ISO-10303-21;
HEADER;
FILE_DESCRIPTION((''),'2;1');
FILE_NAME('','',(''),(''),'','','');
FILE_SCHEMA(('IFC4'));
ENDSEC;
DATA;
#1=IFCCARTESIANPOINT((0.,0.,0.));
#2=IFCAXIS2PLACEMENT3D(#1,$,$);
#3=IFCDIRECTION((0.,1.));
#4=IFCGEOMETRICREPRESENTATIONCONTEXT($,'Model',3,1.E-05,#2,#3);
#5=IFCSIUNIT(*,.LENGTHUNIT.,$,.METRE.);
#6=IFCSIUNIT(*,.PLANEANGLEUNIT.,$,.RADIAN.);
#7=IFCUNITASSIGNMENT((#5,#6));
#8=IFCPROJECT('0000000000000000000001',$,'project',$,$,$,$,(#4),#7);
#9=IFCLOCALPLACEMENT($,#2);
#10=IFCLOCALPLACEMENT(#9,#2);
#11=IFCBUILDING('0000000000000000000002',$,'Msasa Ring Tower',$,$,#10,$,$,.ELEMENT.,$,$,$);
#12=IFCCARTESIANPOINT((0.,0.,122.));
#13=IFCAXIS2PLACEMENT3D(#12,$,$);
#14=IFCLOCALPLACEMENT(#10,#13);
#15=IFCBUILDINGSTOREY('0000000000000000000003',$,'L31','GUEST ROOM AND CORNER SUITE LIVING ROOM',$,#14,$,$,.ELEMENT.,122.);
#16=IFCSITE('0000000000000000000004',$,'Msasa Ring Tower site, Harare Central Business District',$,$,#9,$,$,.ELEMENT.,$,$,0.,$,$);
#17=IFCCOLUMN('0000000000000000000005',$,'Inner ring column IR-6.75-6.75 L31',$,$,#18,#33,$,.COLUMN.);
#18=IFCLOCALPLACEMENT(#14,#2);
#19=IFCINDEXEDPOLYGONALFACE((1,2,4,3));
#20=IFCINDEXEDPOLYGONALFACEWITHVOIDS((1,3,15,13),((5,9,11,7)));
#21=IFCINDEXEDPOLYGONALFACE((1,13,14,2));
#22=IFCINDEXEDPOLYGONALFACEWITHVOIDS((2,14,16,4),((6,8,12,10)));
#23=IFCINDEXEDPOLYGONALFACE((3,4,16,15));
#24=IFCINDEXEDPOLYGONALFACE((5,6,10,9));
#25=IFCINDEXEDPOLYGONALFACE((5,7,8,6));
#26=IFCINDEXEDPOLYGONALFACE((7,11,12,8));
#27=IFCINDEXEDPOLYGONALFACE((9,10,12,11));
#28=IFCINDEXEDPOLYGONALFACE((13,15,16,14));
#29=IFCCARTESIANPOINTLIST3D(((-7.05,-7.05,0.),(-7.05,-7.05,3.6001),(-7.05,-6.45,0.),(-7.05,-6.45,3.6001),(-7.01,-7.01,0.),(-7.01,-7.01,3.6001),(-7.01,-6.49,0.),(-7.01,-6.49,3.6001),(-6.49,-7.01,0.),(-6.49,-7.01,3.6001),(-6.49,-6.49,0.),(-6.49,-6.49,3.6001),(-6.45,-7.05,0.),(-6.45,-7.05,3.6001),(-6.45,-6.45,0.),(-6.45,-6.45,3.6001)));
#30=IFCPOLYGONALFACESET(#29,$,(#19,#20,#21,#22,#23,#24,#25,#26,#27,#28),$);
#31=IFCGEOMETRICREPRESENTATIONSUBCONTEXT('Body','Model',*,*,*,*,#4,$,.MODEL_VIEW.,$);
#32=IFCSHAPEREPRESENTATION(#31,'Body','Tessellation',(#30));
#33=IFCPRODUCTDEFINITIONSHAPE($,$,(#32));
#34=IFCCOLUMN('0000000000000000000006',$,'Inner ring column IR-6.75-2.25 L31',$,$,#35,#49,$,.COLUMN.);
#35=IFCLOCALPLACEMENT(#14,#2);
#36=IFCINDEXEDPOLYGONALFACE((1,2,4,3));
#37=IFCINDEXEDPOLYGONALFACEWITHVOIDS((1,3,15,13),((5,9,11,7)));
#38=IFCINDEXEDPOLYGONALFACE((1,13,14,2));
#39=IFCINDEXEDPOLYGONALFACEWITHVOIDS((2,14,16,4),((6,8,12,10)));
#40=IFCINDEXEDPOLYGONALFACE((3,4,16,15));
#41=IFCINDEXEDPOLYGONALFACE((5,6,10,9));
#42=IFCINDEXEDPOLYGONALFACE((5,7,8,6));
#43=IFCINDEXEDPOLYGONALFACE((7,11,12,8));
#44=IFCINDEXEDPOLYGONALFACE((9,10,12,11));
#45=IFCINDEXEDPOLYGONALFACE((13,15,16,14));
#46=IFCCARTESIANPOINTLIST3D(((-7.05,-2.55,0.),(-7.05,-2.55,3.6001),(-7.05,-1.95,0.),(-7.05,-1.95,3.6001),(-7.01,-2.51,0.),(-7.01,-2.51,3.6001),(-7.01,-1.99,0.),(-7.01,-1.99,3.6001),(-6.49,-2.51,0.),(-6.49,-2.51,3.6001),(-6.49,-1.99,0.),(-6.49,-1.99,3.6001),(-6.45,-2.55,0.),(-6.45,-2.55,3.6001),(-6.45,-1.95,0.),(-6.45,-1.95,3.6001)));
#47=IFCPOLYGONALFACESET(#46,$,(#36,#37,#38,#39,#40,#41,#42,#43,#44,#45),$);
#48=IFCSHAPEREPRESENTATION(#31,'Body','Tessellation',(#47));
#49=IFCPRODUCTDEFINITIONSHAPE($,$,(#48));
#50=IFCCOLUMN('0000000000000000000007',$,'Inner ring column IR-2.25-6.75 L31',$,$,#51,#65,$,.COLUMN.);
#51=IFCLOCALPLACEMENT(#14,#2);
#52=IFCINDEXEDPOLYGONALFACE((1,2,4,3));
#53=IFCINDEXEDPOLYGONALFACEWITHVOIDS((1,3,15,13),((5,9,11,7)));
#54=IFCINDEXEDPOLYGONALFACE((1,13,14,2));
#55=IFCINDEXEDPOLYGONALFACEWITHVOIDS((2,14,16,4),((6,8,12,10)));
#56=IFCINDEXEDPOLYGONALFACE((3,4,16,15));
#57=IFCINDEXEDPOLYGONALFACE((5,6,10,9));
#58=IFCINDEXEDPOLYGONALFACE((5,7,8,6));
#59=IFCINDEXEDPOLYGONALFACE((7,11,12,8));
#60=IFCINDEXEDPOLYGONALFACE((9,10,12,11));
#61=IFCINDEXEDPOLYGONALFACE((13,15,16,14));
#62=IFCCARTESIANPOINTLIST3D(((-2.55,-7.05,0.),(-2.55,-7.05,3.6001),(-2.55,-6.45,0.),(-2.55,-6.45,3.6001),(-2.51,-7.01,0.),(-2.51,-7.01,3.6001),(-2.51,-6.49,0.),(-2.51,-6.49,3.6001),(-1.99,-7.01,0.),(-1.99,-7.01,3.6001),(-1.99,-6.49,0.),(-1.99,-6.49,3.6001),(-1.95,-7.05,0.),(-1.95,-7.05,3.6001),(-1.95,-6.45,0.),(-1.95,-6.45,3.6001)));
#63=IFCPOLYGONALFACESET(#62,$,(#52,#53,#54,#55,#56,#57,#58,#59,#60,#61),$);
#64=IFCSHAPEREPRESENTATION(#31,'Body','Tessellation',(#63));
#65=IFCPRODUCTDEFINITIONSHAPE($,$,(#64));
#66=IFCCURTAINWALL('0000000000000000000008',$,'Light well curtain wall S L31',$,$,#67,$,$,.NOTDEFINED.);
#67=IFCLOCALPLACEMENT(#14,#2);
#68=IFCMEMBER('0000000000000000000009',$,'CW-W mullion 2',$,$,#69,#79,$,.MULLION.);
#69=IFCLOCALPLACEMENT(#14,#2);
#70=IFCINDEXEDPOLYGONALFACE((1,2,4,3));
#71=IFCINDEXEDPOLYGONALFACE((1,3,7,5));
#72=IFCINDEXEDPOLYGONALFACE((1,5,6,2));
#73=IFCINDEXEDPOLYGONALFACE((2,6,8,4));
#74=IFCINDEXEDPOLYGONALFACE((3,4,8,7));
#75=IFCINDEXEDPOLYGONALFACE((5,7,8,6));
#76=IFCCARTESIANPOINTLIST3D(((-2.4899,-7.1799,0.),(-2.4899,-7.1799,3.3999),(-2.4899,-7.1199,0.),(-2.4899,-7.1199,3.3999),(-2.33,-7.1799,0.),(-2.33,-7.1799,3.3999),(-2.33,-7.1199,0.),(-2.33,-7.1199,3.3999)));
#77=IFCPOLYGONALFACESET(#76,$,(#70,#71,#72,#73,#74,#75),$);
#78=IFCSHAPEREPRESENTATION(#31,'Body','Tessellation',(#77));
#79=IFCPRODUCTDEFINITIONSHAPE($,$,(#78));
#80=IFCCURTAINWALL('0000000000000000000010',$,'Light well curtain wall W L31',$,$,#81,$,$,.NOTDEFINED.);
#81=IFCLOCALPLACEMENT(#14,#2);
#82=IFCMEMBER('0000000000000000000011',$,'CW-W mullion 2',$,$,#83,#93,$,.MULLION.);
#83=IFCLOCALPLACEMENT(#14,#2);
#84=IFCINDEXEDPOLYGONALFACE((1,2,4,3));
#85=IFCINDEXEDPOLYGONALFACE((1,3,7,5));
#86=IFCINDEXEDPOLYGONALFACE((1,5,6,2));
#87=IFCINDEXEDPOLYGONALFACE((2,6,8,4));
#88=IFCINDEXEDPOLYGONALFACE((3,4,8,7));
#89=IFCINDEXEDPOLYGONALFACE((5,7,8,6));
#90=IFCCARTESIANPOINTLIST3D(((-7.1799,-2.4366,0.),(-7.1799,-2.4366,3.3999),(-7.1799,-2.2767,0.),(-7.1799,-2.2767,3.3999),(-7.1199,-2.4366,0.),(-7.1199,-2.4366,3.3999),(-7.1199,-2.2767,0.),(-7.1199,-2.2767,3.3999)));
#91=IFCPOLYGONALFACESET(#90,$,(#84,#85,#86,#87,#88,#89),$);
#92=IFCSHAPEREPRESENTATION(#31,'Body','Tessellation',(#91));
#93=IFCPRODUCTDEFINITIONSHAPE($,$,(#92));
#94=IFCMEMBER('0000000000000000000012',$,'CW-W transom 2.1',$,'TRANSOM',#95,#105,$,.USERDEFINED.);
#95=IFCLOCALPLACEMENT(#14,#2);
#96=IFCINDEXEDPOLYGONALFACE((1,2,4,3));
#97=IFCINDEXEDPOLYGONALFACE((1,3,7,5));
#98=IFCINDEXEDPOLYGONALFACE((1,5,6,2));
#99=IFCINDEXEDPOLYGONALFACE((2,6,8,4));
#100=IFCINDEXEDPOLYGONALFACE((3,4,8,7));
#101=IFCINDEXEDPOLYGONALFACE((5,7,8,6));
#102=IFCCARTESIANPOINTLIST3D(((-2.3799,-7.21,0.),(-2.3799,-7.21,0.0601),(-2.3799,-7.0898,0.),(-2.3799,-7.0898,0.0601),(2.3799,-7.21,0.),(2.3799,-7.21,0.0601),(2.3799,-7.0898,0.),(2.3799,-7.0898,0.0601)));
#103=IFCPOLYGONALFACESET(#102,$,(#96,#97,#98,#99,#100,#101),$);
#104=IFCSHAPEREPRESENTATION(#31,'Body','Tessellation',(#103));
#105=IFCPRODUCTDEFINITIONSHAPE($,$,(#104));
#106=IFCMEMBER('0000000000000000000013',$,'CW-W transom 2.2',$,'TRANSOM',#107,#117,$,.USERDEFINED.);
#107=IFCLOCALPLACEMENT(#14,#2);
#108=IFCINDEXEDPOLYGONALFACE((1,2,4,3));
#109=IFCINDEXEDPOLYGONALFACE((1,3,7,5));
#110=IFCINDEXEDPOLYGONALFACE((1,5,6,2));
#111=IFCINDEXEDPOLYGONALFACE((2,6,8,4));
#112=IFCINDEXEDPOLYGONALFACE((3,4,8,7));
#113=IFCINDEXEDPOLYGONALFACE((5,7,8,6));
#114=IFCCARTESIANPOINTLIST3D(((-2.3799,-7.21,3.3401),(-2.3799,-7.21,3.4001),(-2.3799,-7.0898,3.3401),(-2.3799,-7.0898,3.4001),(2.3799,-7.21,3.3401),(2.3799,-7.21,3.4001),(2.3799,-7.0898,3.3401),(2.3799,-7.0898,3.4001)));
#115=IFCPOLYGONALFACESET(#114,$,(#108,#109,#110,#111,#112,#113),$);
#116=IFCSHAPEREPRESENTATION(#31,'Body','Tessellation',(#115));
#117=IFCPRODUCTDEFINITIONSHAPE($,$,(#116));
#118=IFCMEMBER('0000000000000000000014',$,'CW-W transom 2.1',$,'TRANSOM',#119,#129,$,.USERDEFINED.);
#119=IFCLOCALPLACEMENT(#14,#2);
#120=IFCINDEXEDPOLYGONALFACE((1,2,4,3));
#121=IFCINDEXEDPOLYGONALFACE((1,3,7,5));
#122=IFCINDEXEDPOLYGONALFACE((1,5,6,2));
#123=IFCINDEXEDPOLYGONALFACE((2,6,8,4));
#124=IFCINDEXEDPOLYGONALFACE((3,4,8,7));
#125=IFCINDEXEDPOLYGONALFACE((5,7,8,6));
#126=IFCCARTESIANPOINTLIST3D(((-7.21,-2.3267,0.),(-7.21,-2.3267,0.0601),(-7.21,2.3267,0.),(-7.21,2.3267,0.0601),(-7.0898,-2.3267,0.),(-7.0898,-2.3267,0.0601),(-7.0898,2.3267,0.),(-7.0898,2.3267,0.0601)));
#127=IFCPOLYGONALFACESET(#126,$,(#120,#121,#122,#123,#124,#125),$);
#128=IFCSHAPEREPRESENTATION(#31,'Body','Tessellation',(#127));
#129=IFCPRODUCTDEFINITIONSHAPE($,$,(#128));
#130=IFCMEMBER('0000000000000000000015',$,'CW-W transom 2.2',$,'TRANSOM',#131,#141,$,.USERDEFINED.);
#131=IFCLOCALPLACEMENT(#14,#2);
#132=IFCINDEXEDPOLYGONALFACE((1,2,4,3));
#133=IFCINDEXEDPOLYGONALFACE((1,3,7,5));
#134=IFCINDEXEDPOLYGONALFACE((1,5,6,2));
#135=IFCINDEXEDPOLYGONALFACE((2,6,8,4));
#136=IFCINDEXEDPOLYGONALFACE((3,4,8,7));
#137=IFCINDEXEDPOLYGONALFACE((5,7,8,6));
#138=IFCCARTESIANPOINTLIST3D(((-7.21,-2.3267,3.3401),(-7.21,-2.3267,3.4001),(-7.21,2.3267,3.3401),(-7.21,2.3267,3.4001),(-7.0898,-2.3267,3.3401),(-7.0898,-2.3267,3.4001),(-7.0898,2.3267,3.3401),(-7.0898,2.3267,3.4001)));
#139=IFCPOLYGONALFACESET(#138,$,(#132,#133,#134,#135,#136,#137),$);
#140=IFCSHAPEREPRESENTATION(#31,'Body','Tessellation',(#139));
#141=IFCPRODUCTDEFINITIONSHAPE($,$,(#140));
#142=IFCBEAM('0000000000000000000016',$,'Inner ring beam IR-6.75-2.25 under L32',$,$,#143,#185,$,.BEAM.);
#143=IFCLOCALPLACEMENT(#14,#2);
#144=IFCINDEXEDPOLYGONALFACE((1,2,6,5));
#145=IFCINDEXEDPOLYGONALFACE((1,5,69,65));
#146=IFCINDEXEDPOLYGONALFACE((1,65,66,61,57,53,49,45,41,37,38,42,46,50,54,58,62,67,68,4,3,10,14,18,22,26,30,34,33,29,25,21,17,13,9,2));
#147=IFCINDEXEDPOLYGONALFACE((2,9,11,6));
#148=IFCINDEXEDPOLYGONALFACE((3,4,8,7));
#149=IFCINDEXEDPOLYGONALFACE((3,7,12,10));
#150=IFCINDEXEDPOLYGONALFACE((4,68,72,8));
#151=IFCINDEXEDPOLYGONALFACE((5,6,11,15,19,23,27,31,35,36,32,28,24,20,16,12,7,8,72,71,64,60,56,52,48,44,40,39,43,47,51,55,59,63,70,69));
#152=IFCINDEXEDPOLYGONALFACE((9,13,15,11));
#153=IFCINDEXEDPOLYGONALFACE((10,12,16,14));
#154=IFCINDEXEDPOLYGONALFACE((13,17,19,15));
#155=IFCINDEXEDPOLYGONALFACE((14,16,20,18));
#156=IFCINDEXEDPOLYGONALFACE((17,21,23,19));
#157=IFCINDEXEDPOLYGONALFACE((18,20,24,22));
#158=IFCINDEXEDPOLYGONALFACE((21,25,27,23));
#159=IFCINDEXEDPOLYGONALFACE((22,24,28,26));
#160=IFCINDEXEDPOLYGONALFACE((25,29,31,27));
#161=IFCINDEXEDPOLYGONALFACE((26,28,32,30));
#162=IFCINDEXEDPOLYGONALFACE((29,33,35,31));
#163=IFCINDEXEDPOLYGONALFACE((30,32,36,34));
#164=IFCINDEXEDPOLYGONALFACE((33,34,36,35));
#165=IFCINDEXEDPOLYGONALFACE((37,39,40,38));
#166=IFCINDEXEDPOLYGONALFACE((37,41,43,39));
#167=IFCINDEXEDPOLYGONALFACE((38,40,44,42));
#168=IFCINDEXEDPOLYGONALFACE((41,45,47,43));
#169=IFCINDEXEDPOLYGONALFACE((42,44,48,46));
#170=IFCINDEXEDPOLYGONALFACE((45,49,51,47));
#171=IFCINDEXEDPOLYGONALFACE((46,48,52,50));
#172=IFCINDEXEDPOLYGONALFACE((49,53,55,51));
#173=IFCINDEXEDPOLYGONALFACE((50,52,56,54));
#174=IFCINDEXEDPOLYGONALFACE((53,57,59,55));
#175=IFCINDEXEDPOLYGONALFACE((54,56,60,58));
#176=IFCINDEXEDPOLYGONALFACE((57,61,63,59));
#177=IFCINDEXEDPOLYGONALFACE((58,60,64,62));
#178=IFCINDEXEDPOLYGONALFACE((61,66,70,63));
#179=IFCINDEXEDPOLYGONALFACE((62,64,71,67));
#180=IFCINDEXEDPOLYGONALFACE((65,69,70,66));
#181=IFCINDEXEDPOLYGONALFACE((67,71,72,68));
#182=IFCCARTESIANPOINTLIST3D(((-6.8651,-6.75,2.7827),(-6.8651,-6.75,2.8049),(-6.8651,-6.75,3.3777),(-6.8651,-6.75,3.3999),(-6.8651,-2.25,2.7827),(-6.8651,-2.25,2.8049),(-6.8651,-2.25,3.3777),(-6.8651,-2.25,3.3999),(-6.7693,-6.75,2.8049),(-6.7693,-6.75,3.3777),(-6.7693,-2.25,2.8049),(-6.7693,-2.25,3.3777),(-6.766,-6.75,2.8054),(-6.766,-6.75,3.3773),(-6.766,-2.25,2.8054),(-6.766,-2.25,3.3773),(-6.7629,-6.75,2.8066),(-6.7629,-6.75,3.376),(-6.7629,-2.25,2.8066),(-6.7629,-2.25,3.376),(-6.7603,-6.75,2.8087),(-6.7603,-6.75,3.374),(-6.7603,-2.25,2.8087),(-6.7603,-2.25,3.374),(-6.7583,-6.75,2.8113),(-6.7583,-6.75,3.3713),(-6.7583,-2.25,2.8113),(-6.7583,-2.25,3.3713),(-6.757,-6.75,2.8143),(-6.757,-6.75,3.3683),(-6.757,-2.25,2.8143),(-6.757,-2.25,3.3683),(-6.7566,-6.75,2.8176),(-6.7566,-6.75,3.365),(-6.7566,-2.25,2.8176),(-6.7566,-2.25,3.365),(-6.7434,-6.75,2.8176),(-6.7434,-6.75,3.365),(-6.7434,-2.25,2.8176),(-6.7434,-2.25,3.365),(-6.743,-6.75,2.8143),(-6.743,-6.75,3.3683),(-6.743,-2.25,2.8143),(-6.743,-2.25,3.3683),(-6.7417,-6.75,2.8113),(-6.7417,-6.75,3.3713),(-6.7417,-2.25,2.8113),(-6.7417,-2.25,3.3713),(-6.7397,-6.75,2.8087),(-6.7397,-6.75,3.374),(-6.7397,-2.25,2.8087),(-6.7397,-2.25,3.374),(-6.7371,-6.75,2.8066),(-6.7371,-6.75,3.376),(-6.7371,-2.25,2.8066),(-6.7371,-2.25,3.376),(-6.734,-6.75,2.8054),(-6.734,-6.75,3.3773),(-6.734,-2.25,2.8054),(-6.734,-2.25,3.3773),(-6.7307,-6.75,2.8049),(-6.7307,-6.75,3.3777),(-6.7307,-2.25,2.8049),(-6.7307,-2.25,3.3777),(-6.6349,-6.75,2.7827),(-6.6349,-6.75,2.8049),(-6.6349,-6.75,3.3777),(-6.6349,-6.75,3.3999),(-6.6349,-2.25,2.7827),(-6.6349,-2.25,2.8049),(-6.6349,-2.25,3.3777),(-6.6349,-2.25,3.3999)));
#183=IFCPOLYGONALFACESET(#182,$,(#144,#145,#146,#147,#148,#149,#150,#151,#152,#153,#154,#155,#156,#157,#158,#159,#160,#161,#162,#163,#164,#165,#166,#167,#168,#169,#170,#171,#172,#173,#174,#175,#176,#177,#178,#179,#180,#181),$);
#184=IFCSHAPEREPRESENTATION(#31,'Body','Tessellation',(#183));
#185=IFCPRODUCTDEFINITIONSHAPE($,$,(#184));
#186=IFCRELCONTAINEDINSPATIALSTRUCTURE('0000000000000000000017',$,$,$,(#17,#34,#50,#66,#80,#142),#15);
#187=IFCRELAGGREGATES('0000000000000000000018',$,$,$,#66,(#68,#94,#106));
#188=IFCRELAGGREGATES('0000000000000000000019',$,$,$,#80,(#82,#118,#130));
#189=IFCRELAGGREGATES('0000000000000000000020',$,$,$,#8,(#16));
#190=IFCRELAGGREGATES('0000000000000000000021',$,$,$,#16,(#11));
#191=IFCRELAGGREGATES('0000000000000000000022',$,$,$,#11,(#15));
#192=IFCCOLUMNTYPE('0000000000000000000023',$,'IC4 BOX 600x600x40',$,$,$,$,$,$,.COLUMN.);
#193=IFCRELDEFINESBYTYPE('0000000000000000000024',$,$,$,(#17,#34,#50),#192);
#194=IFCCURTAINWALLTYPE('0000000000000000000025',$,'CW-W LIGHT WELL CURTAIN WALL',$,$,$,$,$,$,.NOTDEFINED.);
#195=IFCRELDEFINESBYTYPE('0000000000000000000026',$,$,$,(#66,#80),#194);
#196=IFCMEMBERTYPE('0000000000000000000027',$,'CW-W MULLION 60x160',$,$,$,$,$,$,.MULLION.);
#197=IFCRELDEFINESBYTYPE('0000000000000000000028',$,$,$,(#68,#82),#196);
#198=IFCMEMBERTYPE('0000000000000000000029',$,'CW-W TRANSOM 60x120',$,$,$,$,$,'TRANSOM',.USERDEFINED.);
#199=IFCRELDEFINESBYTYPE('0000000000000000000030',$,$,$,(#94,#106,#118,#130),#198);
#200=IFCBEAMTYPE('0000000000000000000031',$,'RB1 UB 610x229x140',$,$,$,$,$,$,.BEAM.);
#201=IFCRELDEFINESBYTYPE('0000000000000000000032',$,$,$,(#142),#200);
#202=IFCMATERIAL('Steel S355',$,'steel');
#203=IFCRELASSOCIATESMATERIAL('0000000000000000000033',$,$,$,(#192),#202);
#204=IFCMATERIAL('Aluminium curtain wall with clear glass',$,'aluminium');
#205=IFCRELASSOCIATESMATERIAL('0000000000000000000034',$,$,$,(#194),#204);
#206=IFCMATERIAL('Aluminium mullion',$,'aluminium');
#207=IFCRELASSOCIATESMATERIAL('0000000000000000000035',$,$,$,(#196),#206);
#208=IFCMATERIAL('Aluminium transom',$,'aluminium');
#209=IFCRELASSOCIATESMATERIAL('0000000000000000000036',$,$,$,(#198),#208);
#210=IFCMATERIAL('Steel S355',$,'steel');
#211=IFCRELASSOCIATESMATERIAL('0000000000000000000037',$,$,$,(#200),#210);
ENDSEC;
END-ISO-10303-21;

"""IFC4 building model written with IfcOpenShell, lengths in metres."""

from ifc_helpers import new_model, si_unit, direction, frame, origin, origin_2d, place, context, subcontext, project, spatial, rectangle, hollow_rectangle, i_section, extrude, material, material_profile, profile_set, type_object, element, aggregate, save


model = new_model("IFC4")

# Units and contexts
model_context = context("Model", 3, precision=1e-05, world=origin(), true_north=direction((0.0, 1.0)))
body_context = subcontext(model_context, "Body", "Model", "MODEL_VIEW")
ifc_project = project(units=[si_unit("LENGTHUNIT", "METRE"), si_unit("PLANEANGLEUNIT", "RADIAN")], contexts=[model_context])

# Site, building, storey
site_placement = place(None, origin())
site = spatial("IfcSite", under=ifc_project, at=site_placement, Name="Msasa Ring Tower site, Harare Central Business District", CompositionType="ELEMENT", RefElevation=0.0)
building_placement = place(site_placement, origin())
building = spatial("IfcBuilding", under=site, at=building_placement, Name="Msasa Ring Tower", CompositionType="ELEMENT")
storey_placement = place(building_placement, frame((0.0, 0.0, 122.0)))
storey = spatial("IfcBuildingStorey", under=building, at=storey_placement, Name="L31", Description="GUEST ROOM AND CORNER SUITE LIVING ROOM", CompositionType="ELEMENT", Elevation=122.0)

# Columns
ifc_material_1 = material(Name="Steel S355", Category="steel")
ifc_material_profile_1 = material_profile(ifc_material_1, hollow_rectangle(XDim=0.6001, YDim=0.6001, WallThickness=0.04, at=origin_2d()), Name="BOX 600x600x40")
ifc_profile_set_1 = profile_set([ifc_material_profile_1], Name="Steel S355")
column_type = type_object("IfcColumnType", Name="IC4 BOX 600x600x40", PredefinedType="COLUMN", material=ifc_profile_set_1)
for number, where, z_axis, x_axis, name in (
    (1, (-6.75, -6.75, 0.0), (0.0, 0.0, 1.0), (1.0, 0.0, 0.0), "Inner ring column IR-6.75-6.75 L31"),
    (2, (-6.75, -2.25, 0.0), (0.0, 0.0, 1.0), (1.0, 0.0, 0.0), "Inner ring column IR-6.75-2.25 L31"),
    (3, (-2.25, -6.75, 0.0), (0.0, 0.0, 1.0), (1.0, 0.0, 0.0), "Inner ring column IR-2.25-6.75 L31"),
):
    element("IfcColumn", number, at=place(storey_placement, frame(where, z_axis=z_axis, x_axis=x_axis)), inside=storey, type_object=column_type, Name=name, PredefinedType="COLUMN", context=body_context, shape_type="SweptSolid", body=[
        extrude(hollow_rectangle(XDim=0.6001, YDim=0.6001, WallThickness=0.04, at=origin_2d()), origin(), (0.0, 0.0, 1.0), 3.6001),
    ])

# Curtain walls, members
ifc_material_2 = material(Name="Aluminium curtain wall with clear glass", Category="aluminium")
curtain_wall_type = type_object("IfcCurtainWallType", Name="CW-W LIGHT WELL CURTAIN WALL", PredefinedType="NOTDEFINED", material=ifc_material_2)
curtain_wall_1_placement = place(storey_placement, origin())
curtain_wall_1 = element("IfcCurtainWall", 4, at=curtain_wall_1_placement, inside=storey, type_object=curtain_wall_type, Name="Light well curtain wall S L31", PredefinedType="NOTDEFINED")
ifc_material_3 = material(Name="Aluminium mullion", Category="aluminium")
ifc_material_profile_2 = material_profile(ifc_material_3, rectangle(XDim=0.0601, YDim=0.1599, at=origin_2d()), Name="AL 60x160")
ifc_profile_set_2 = profile_set([ifc_material_profile_2], Name="Aluminium mullion")
member_type_1 = type_object("IfcMemberType", Name="CW-W MULLION 60x160", PredefinedType="MULLION", material=ifc_profile_set_2)
member_1_placement = place(storey_placement, frame((-2.4099, -7.1499, 0.0), z_axis=(0.0, 0.0, 1.0), x_axis=(0.0, 1.0, 0.0)))
member_1 = element("IfcMember", 5, at=member_1_placement, type_object=member_type_1, Name="CW-W mullion 2", PredefinedType="MULLION", context=body_context, shape_type="SweptSolid", body=[
    extrude(rectangle(XDim=0.0601, YDim=0.1599, at=origin_2d()), origin(), (0.0, 0.0, 1.0), 3.3999),
])
curtain_wall_2_placement = place(storey_placement, origin())
curtain_wall_2 = element("IfcCurtainWall", 6, at=curtain_wall_2_placement, inside=storey, type_object=curtain_wall_type, Name="Light well curtain wall W L31", PredefinedType="NOTDEFINED")
member_2_placement = place(storey_placement, frame((-7.1499, -2.3567, 0.0), z_axis=(0.0, 0.0, 1.0), x_axis=(-1.0, 0.0, 0.0)))
member_2 = element("IfcMember", 7, at=member_2_placement, type_object=member_type_1, Name="CW-W mullion 2", PredefinedType="MULLION", context=body_context, shape_type="SweptSolid", body=[
    extrude(rectangle(XDim=0.0601, YDim=0.1599, at=origin_2d()), origin(), (0.0, 0.0, 1.0), 3.3999),
])

# Members
ifc_material_4 = material(Name="Aluminium transom", Category="aluminium")
ifc_material_profile_3 = material_profile(ifc_material_4, rectangle(XDim=0.1201, YDim=0.0601, at=origin_2d()), Name="AL 60x120")
ifc_profile_set_3 = profile_set([ifc_material_profile_3], Name="Aluminium transom")
member_type_2 = type_object("IfcMemberType", Name="CW-W TRANSOM 60x120", ElementType="TRANSOM", PredefinedType="USERDEFINED", material=ifc_profile_set_3)
member_3_placement = place(storey_placement, frame((-2.3799, -7.1499, 0.03), z_axis=(1.0, 0.0, 0.0), x_axis=(0.0, 1.0, 0.0)))
member_3 = element("IfcMember", 8, at=member_3_placement, type_object=member_type_2, Name="CW-W transom 2.1", ObjectType="TRANSOM", PredefinedType="USERDEFINED", context=body_context, shape_type="SweptSolid", body=[
    extrude(rectangle(XDim=0.1201, YDim=0.0601, at=origin_2d()), origin(), (0.0, 0.0, 1.0), 4.7598),
])
member_4_placement = place(storey_placement, frame((-2.3799, -7.1499, 3.3701), z_axis=(1.0, 0.0, 0.0), x_axis=(0.0, 1.0, 0.0)))
member_4 = element("IfcMember", 9, at=member_4_placement, type_object=member_type_2, Name="CW-W transom 2.2", ObjectType="TRANSOM", PredefinedType="USERDEFINED", context=body_context, shape_type="SweptSolid", body=[
    extrude(rectangle(XDim=0.1201, YDim=0.0601, at=origin_2d()), origin(), (0.0, 0.0, 1.0), 4.7598),
])
aggregate(curtain_wall_1, [member_1, member_3, member_4])
member_5_placement = place(storey_placement, frame((-7.1499, -2.3267, 0.03), z_axis=(0.0, 1.0, 0.0), x_axis=(-1.0, 0.0, 0.0)))
member_5 = element("IfcMember", 10, at=member_5_placement, type_object=member_type_2, Name="CW-W transom 2.1", ObjectType="TRANSOM", PredefinedType="USERDEFINED", context=body_context, shape_type="SweptSolid", body=[
    extrude(rectangle(XDim=0.1201, YDim=0.0601, at=origin_2d()), origin(), (0.0, 0.0, 1.0), 4.6533),
])
member_6_placement = place(storey_placement, frame((-7.1499, -2.3267, 3.3701), z_axis=(0.0, 1.0, 0.0), x_axis=(-1.0, 0.0, 0.0)))
member_6 = element("IfcMember", 11, at=member_6_placement, type_object=member_type_2, Name="CW-W transom 2.2", ObjectType="TRANSOM", PredefinedType="USERDEFINED", context=body_context, shape_type="SweptSolid", body=[
    extrude(rectangle(XDim=0.1201, YDim=0.0601, at=origin_2d()), origin(), (0.0, 0.0, 1.0), 4.6533),
])

# Beam
ifc_material_5 = material(Name="Steel S355", Category="steel")
ifc_material_profile_4 = material_profile(ifc_material_5, i_section(OverallWidth=0.2302, OverallDepth=0.6172, WebThickness=0.0132, FlangeThickness=0.0222, FilletRadius=0.0127, at=origin_2d()), Name="UB 610x229x140")
ifc_profile_set_4 = profile_set([ifc_material_profile_4], Name="Steel S355")
beam_type = type_object("IfcBeamType", Name="RB1 UB 610x229x140", PredefinedType="BEAM", material=ifc_profile_set_4)
for number, where, z_axis, x_axis, name in (
    (12, (-6.75, -2.25, 3.0913), (0.0, -1.0, 0.0), (1.0, 0.0, 0.0), "Inner ring beam IR-6.75-2.25 under L32"),
):
    element("IfcBeam", number, at=place(storey_placement, frame(where, z_axis=z_axis, x_axis=x_axis)), inside=storey, type_object=beam_type, Name=name, PredefinedType="BEAM", context=body_context, shape_type="SweptSolid", body=[
        extrude(i_section(OverallWidth=0.2302, OverallDepth=0.6172, WebThickness=0.0132, FlangeThickness=0.0222, FilletRadius=0.0127, at=origin_2d()), origin(), (0.0, 0.0, 1.0), 4.5),
    ])

aggregate(curtain_wall_2, [member_2, member_5, member_6])

save(model, "model.ifc")
